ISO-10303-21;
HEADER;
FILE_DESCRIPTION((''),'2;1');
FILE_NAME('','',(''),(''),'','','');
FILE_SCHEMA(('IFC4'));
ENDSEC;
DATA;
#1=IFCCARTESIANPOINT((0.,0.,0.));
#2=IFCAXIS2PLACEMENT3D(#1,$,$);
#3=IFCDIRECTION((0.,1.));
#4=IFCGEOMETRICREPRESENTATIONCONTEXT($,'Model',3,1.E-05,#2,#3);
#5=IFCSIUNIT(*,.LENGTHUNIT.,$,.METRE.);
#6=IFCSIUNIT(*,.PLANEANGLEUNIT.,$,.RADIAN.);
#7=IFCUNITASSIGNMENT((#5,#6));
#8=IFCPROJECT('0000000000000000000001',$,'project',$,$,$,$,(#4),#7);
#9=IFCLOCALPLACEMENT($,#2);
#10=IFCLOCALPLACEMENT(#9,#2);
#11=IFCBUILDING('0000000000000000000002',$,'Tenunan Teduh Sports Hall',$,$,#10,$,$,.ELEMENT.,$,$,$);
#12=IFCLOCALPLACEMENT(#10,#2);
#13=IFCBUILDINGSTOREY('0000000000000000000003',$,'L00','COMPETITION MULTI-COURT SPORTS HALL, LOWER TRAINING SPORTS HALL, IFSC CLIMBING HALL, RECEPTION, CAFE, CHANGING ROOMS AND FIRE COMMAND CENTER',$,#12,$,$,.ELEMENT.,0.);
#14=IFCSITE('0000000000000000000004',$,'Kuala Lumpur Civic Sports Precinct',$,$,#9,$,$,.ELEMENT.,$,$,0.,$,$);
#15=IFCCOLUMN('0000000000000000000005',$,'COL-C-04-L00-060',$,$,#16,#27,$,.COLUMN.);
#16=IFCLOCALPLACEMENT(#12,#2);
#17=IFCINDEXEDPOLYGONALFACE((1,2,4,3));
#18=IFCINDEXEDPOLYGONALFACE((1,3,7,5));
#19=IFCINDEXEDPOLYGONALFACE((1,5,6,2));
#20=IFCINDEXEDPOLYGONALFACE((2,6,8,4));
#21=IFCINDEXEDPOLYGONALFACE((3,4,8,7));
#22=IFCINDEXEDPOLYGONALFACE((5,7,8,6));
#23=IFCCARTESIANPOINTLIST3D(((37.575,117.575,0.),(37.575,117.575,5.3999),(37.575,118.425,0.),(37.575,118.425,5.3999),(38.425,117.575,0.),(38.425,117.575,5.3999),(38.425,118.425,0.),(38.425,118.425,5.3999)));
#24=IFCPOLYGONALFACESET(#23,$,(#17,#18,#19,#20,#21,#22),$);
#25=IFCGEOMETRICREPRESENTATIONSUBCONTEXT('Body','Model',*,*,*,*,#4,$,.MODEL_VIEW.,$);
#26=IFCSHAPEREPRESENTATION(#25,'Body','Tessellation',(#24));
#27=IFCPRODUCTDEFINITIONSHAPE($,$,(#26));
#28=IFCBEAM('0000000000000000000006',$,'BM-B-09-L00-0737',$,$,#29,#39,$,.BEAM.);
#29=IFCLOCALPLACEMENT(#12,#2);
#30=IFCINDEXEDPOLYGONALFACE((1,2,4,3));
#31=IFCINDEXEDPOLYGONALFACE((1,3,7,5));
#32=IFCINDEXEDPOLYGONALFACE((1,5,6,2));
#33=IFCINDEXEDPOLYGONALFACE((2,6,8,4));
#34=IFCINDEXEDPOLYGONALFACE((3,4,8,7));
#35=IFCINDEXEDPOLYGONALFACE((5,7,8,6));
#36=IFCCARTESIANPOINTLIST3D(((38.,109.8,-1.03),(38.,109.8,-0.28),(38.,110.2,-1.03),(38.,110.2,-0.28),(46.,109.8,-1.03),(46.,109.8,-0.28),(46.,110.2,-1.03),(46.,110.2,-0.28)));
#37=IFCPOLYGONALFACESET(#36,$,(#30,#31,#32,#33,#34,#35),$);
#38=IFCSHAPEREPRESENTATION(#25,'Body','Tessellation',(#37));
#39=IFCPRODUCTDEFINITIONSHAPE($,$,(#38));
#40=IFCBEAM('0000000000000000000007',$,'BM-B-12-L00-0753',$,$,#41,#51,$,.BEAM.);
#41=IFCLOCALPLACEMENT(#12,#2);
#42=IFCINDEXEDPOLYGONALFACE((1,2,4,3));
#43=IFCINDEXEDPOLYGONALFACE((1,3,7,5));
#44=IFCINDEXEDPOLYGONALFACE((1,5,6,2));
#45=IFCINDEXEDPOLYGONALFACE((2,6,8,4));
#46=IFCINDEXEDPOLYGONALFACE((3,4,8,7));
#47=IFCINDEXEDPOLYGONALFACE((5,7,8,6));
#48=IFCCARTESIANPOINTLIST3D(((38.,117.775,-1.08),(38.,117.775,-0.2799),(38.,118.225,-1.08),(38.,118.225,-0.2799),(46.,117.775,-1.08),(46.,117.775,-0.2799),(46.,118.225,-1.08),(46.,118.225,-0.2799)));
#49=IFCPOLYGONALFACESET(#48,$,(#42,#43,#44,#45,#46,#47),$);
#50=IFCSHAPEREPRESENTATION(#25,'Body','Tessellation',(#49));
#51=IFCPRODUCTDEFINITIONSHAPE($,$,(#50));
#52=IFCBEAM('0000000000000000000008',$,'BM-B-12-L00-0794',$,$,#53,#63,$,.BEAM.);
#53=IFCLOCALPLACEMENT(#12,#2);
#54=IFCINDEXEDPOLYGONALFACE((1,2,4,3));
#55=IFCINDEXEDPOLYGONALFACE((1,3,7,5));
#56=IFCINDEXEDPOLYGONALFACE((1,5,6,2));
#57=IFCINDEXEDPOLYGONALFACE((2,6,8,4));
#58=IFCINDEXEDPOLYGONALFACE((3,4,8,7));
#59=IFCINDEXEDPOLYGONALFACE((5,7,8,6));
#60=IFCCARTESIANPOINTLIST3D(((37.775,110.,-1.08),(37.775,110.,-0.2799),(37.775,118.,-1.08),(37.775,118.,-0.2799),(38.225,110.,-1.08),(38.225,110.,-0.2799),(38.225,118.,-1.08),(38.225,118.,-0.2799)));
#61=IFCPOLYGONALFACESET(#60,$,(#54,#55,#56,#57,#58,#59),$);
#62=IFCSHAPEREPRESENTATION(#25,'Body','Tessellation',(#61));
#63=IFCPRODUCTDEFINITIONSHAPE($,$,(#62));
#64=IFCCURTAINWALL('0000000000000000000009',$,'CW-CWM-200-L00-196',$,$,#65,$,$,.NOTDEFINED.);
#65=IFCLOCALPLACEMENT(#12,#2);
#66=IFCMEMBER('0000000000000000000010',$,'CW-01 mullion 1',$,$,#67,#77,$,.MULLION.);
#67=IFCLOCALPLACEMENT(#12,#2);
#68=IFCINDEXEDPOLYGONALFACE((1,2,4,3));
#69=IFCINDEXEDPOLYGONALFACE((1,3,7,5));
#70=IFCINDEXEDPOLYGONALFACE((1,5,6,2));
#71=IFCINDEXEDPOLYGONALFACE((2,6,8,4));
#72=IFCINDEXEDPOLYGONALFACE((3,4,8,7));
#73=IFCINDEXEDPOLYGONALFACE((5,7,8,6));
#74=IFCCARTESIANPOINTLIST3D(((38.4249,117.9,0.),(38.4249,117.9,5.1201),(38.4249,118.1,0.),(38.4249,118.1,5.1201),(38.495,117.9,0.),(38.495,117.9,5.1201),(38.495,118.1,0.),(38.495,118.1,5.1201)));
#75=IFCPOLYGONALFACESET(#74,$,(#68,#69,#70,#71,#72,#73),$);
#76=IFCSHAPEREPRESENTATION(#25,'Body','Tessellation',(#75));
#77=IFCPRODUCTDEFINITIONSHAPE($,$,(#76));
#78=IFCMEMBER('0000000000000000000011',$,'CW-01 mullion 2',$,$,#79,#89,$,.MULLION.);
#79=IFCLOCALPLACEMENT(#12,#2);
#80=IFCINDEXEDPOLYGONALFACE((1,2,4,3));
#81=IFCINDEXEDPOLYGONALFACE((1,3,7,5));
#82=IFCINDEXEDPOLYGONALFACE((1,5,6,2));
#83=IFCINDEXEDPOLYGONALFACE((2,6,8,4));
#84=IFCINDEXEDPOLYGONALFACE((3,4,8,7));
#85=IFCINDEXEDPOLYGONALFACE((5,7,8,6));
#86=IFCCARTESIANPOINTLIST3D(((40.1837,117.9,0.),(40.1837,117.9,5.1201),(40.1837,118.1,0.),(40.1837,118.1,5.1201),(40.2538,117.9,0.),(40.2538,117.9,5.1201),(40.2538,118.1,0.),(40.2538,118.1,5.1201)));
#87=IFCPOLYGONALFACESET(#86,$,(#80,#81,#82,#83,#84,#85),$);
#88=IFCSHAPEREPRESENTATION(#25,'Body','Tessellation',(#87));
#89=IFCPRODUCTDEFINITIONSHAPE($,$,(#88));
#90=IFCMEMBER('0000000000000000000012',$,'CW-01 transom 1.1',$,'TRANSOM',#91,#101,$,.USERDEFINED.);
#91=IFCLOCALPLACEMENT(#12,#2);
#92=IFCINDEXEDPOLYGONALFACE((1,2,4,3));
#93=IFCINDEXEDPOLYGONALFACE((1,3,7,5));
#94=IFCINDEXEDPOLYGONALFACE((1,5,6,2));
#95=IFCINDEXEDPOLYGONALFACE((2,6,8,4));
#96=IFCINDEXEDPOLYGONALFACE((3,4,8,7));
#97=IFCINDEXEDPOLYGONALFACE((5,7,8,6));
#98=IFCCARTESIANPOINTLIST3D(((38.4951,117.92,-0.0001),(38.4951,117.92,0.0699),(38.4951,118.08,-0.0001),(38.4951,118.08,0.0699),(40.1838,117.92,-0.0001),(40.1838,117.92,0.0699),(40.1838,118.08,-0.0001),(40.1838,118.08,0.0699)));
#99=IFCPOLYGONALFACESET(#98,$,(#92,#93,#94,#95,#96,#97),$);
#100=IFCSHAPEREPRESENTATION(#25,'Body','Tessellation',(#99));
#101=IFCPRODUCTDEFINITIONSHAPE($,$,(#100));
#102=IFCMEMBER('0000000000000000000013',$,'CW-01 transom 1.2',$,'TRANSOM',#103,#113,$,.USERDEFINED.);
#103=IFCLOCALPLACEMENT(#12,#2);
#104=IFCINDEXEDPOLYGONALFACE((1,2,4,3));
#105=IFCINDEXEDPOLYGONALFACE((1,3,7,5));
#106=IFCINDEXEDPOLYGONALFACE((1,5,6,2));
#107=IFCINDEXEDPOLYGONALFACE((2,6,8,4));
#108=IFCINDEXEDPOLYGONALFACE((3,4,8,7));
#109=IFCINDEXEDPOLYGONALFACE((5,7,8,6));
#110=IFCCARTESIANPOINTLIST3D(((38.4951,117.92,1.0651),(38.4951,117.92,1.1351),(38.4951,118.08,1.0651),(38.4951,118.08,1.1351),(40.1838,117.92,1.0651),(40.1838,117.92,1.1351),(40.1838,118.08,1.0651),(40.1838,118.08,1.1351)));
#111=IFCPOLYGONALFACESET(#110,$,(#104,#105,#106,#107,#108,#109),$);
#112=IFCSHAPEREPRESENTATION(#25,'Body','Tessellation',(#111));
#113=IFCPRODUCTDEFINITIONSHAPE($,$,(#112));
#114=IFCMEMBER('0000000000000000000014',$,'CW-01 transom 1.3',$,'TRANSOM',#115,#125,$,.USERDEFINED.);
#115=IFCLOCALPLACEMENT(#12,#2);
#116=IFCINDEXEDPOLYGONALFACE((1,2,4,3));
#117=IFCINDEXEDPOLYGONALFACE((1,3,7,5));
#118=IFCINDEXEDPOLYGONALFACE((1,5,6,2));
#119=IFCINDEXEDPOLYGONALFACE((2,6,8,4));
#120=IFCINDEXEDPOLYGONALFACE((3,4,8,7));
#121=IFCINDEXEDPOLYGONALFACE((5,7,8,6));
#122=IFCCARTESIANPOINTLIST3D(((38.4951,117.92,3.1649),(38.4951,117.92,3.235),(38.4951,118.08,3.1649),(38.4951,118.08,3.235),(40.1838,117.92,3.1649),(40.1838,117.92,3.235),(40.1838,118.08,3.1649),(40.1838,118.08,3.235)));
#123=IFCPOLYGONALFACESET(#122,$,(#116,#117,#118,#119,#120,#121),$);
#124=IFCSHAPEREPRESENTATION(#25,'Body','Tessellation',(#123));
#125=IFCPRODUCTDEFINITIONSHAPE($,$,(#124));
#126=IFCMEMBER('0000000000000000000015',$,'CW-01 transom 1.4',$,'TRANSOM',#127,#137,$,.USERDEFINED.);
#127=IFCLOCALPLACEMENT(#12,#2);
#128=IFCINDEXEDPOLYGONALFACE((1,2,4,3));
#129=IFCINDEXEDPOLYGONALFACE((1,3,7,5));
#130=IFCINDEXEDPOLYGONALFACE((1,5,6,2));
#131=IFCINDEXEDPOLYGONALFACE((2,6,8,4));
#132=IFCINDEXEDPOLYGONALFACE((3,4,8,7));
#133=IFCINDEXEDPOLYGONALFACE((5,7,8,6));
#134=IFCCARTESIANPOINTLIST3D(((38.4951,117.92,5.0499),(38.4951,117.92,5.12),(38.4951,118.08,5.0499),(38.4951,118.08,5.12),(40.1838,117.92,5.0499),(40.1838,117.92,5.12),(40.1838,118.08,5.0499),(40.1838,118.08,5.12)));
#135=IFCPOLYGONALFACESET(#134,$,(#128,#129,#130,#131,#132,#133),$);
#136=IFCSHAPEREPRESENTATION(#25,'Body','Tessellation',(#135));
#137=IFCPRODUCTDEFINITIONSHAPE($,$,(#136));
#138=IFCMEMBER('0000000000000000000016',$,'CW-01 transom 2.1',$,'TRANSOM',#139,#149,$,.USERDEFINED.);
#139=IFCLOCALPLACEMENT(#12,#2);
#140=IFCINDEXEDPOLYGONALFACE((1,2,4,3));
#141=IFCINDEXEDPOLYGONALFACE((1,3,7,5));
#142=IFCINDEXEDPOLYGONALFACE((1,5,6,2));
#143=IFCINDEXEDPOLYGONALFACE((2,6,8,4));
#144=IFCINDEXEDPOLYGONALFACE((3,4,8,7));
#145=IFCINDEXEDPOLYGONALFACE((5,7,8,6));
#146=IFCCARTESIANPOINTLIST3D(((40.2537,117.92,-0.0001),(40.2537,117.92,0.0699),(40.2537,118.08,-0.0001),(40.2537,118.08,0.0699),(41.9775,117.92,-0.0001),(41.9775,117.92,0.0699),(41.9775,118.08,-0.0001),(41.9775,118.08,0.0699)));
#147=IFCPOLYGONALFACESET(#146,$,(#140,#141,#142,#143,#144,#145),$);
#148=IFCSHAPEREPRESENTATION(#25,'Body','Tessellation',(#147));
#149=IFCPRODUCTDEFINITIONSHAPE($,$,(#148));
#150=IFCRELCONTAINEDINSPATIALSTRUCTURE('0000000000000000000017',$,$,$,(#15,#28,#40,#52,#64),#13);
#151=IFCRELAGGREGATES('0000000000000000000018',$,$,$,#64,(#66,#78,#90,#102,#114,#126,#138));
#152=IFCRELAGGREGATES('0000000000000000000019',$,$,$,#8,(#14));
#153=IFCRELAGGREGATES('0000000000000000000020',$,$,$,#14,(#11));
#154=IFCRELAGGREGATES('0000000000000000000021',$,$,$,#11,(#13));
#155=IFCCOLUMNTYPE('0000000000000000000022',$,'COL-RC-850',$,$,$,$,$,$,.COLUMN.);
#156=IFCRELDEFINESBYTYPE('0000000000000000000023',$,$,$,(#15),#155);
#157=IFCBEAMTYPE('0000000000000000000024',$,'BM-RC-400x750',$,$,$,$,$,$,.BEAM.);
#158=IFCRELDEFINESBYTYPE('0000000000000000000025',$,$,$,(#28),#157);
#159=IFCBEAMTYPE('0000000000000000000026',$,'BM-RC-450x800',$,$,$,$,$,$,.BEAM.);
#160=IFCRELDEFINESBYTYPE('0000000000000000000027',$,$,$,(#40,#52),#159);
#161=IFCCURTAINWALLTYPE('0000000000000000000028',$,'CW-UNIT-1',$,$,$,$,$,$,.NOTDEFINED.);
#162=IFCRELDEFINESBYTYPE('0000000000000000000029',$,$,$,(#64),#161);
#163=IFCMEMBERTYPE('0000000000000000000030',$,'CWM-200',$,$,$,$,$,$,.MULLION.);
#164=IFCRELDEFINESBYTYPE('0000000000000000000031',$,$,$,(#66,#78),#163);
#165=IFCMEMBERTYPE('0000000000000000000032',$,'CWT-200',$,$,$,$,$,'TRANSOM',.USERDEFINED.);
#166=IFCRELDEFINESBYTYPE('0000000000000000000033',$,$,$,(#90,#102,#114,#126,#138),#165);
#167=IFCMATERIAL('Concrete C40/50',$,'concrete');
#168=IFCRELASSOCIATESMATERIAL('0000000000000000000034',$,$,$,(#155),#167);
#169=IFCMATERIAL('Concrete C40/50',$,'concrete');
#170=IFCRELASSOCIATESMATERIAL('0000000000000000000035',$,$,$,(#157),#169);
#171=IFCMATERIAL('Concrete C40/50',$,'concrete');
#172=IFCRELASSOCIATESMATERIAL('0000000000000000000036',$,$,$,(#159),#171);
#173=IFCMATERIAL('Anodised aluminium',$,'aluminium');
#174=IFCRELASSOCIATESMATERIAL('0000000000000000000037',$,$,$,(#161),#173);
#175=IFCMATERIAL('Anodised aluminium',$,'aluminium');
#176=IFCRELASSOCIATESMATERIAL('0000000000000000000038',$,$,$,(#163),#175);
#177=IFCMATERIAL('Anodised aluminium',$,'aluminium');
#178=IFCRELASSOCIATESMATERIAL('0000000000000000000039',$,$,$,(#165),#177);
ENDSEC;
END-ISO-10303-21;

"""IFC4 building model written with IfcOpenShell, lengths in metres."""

from ifc_helpers import new_model, si_unit, direction, frame, origin, origin_2d, place, context, subcontext, project, spatial, rectangle, extrude, material, material_profile, profile_set, type_object, element, aggregate, save


model = new_model("IFC4")

# Units and contexts
model_context = context("Model", 3, precision=1e-05, world=origin(), true_north=direction((0.0, 1.0)))
body_context = subcontext(model_context, "Body", "Model", "MODEL_VIEW")
ifc_project = project(units=[si_unit("LENGTHUNIT", "METRE"), si_unit("PLANEANGLEUNIT", "RADIAN")], contexts=[model_context])

# Site, building, storey
site_placement = place(None, origin())
site = spatial("IfcSite", under=ifc_project, at=site_placement, Name="Kuala Lumpur Civic Sports Precinct", CompositionType="ELEMENT", RefElevation=0.0)
building_placement = place(site_placement, origin())
building = spatial("IfcBuilding", under=site, at=building_placement, Name="Tenunan Teduh Sports Hall", CompositionType="ELEMENT")
storey_placement = place(building_placement, origin())
storey = spatial("IfcBuildingStorey", under=building, at=storey_placement, Name="L00", Description="COMPETITION MULTI-COURT SPORTS HALL, LOWER TRAINING SPORTS HALL, IFSC CLIMBING HALL, RECEPTION, CAFE, CHANGING ROOMS AND FIRE COMMAND CENTER", CompositionType="ELEMENT", Elevation=0.0)

# Column
ifc_material_1 = material(Name="Concrete C40/50", Category="concrete")
ifc_material_profile_1 = material_profile(ifc_material_1, rectangle(XDim=0.8501, YDim=0.8501, at=origin_2d()), Name="RC 850x850")
ifc_profile_set_1 = profile_set([ifc_material_profile_1], Name="Concrete C40/50")
column_type = type_object("IfcColumnType", Name="COL-RC-850", PredefinedType="COLUMN", material=ifc_profile_set_1)
column_placement = place(storey_placement, frame((38.0, 118.0, 0.0), z_axis=(0.0, 0.0, 1.0), x_axis=(1.0, 0.0, 0.0)))
element("IfcColumn", 1, at=column_placement, inside=storey, type_object=column_type, Name="COL-C-04-L00-060", PredefinedType="COLUMN", context=body_context, shape_type="SweptSolid", body=[
    extrude(rectangle(XDim=0.8501, YDim=0.8501, at=origin_2d()), origin(), (0.0, 0.0, 1.0), 5.3999),
])

# Beams
ifc_material_2 = material(Name="Concrete C40/50", Category="concrete")
ifc_material_profile_2 = material_profile(ifc_material_2, rectangle(XDim=0.3999, YDim=0.75, at=origin_2d()), Name="RCB 400x750")
ifc_profile_set_2 = profile_set([ifc_material_profile_2], Name="Concrete C40/50")
beam_type_1 = type_object("IfcBeamType", Name="BM-RC-400x750", PredefinedType="BEAM", material=ifc_profile_set_2)
beam_1_placement = place(storey_placement, frame((38.0, 110.0, -0.655), z_axis=(1.0, 0.0, 0.0), x_axis=(0.0, 1.0, 0.0)))
element("IfcBeam", 2, at=beam_1_placement, inside=storey, type_object=beam_type_1, Name="BM-B-09-L00-0737", PredefinedType="BEAM", context=body_context, shape_type="SweptSolid", body=[
    extrude(rectangle(XDim=0.3999, YDim=0.75, at=origin_2d()), origin(), (0.0, 0.0, 1.0), 8.0),
])
ifc_material_3 = material(Name="Concrete C40/50", Category="concrete")
ifc_material_profile_3 = material_profile(ifc_material_3, rectangle(XDim=0.45, YDim=0.8, at=origin_2d()), Name="RCB 450x800")
ifc_profile_set_3 = profile_set([ifc_material_profile_3], Name="Concrete C40/50")
beam_type_2 = type_object("IfcBeamType", Name="BM-RC-450x800", PredefinedType="BEAM", material=ifc_profile_set_3)
for number, where, z_axis, x_axis, name in (
    (3, (38.0, 118.0, -0.6799), (1.0, 0.0, 0.0), (0.0, 1.0, 0.0), "BM-B-12-L00-0753"),
    (4, (38.0, 110.0, -0.6799), (0.0, 1.0, 0.0), (-1.0, 0.0, 0.0), "BM-B-12-L00-0794"),
):
    element("IfcBeam", number, at=place(storey_placement, frame(where, z_axis=z_axis, x_axis=x_axis)), inside=storey, type_object=beam_type_2, Name=name, PredefinedType="BEAM", context=body_context, shape_type="SweptSolid", body=[
        extrude(rectangle(XDim=0.45, YDim=0.8, at=origin_2d()), origin(), (0.0, 0.0, 1.0), 8.0),
    ])

# Curtain wall, members
ifc_material_4 = material(Name="Anodised aluminium", Category="aluminium")
curtain_wall_type = type_object("IfcCurtainWallType", Name="CW-UNIT-1", PredefinedType="NOTDEFINED", material=ifc_material_4)
curtain_wall_placement = place(storey_placement, origin())
curtain_wall = element("IfcCurtainWall", 5, at=curtain_wall_placement, inside=storey, type_object=curtain_wall_type, Name="CW-CWM-200-L00-196", PredefinedType="NOTDEFINED")
ifc_material_5 = material(Name="Anodised aluminium", Category="aluminium")
ifc_material_profile_4 = material_profile(ifc_material_5, rectangle(XDim=0.0701, YDim=0.2, at=origin_2d()), Name="CWM 70x200")
ifc_profile_set_4 = profile_set([ifc_material_profile_4], Name="Anodised aluminium")
member_type_1 = type_object("IfcMemberType", Name="CWM-200", PredefinedType="MULLION", material=ifc_profile_set_4)
member_1_placement = place(storey_placement, frame((38.46, 118.0, 0.0), z_axis=(0.0, 0.0, 1.0), x_axis=(1.0, 0.0, 0.0)))
member_1 = element("IfcMember", 6, at=member_1_placement, type_object=member_type_1, Name="CW-01 mullion 1", PredefinedType="MULLION", context=body_context, shape_type="SweptSolid", body=[
    extrude(rectangle(XDim=0.0701, YDim=0.2, at=origin_2d()), origin(), (0.0, 0.0, 1.0), 5.1201),
])
member_2_placement = place(storey_placement, frame((40.2188, 118.0, 0.0), z_axis=(0.0, 0.0, 1.0), x_axis=(1.0, 0.0, 0.0)))
member_2 = element("IfcMember", 7, at=member_2_placement, type_object=member_type_1, Name="CW-01 mullion 2", PredefinedType="MULLION", context=body_context, shape_type="SweptSolid", body=[
    extrude(rectangle(XDim=0.0701, YDim=0.2, at=origin_2d()), origin(), (0.0, 0.0, 1.0), 5.1201),
])
ifc_material_6 = material(Name="Anodised aluminium", Category="aluminium")
ifc_material_profile_5 = material_profile(ifc_material_6, rectangle(XDim=0.0701, YDim=0.1599, at=origin_2d()), Name="CWT 70x160")
ifc_profile_set_5 = profile_set([ifc_material_profile_5], Name="Anodised aluminium")
member_type_2 = type_object("IfcMemberType", Name="CWT-200", ElementType="TRANSOM", PredefinedType="USERDEFINED", material=ifc_profile_set_5)
member_3_placement = place(storey_placement, frame((38.4951, 118.0, 0.0349), z_axis=(1.0, 0.0, 0.0), x_axis=(0.0, 0.0, 1.0)))
member_3 = element("IfcMember", 8, at=member_3_placement, type_object=member_type_2, Name="CW-01 transom 1.1", ObjectType="TRANSOM", PredefinedType="USERDEFINED", context=body_context, shape_type="SweptSolid", body=[
    extrude(rectangle(XDim=0.0701, YDim=0.1599, at=origin_2d()), origin(), (0.0, 0.0, 1.0), 1.6887),
])
member_4_placement = place(storey_placement, frame((38.4951, 118.0, 1.1001), z_axis=(1.0, 0.0, 0.0), x_axis=(0.0, 0.0, 1.0)))
member_4 = element("IfcMember", 9, at=member_4_placement, type_object=member_type_2, Name="CW-01 transom 1.2", ObjectType="TRANSOM", PredefinedType="USERDEFINED", context=body_context, shape_type="SweptSolid", body=[
    extrude(rectangle(XDim=0.0701, YDim=0.1599, at=origin_2d()), origin(), (0.0, 0.0, 1.0), 1.6887),
])
member_5_placement = place(storey_placement, frame((38.4951, 118.0, 3.2), z_axis=(1.0, 0.0, 0.0), x_axis=(0.0, 0.0, 1.0)))
member_5 = element("IfcMember", 10, at=member_5_placement, type_object=member_type_2, Name="CW-01 transom 1.3", ObjectType="TRANSOM", PredefinedType="USERDEFINED", context=body_context, shape_type="SweptSolid", body=[
    extrude(rectangle(XDim=0.0701, YDim=0.1599, at=origin_2d()), origin(), (0.0, 0.0, 1.0), 1.6887),
])
member_6_placement = place(storey_placement, frame((38.4951, 118.0, 5.085), z_axis=(1.0, 0.0, 0.0), x_axis=(0.0, 0.0, 1.0)))
member_6 = element("IfcMember", 11, at=member_6_placement, type_object=member_type_2, Name="CW-01 transom 1.4", ObjectType="TRANSOM", PredefinedType="USERDEFINED", context=body_context, shape_type="SweptSolid", body=[
    extrude(rectangle(XDim=0.0701, YDim=0.1599, at=origin_2d()), origin(), (0.0, 0.0, 1.0), 1.6887),
])
member_7_placement = place(storey_placement, frame((40.2537, 118.0, 0.0349), z_axis=(1.0, 0.0, 0.0), x_axis=(0.0, 0.0, 1.0)))
member_7 = element("IfcMember", 12, at=member_7_placement, type_object=member_type_2, Name="CW-01 transom 2.1", ObjectType="TRANSOM", PredefinedType="USERDEFINED", context=body_context, shape_type="SweptSolid", body=[
    extrude(rectangle(XDim=0.0701, YDim=0.1599, at=origin_2d()), origin(), (0.0, 0.0, 1.0), 1.7239),
])

aggregate(curtain_wall, [member_1, member_2, member_3, member_4, member_5, member_6, member_7])

save(model, "model.ifc")
